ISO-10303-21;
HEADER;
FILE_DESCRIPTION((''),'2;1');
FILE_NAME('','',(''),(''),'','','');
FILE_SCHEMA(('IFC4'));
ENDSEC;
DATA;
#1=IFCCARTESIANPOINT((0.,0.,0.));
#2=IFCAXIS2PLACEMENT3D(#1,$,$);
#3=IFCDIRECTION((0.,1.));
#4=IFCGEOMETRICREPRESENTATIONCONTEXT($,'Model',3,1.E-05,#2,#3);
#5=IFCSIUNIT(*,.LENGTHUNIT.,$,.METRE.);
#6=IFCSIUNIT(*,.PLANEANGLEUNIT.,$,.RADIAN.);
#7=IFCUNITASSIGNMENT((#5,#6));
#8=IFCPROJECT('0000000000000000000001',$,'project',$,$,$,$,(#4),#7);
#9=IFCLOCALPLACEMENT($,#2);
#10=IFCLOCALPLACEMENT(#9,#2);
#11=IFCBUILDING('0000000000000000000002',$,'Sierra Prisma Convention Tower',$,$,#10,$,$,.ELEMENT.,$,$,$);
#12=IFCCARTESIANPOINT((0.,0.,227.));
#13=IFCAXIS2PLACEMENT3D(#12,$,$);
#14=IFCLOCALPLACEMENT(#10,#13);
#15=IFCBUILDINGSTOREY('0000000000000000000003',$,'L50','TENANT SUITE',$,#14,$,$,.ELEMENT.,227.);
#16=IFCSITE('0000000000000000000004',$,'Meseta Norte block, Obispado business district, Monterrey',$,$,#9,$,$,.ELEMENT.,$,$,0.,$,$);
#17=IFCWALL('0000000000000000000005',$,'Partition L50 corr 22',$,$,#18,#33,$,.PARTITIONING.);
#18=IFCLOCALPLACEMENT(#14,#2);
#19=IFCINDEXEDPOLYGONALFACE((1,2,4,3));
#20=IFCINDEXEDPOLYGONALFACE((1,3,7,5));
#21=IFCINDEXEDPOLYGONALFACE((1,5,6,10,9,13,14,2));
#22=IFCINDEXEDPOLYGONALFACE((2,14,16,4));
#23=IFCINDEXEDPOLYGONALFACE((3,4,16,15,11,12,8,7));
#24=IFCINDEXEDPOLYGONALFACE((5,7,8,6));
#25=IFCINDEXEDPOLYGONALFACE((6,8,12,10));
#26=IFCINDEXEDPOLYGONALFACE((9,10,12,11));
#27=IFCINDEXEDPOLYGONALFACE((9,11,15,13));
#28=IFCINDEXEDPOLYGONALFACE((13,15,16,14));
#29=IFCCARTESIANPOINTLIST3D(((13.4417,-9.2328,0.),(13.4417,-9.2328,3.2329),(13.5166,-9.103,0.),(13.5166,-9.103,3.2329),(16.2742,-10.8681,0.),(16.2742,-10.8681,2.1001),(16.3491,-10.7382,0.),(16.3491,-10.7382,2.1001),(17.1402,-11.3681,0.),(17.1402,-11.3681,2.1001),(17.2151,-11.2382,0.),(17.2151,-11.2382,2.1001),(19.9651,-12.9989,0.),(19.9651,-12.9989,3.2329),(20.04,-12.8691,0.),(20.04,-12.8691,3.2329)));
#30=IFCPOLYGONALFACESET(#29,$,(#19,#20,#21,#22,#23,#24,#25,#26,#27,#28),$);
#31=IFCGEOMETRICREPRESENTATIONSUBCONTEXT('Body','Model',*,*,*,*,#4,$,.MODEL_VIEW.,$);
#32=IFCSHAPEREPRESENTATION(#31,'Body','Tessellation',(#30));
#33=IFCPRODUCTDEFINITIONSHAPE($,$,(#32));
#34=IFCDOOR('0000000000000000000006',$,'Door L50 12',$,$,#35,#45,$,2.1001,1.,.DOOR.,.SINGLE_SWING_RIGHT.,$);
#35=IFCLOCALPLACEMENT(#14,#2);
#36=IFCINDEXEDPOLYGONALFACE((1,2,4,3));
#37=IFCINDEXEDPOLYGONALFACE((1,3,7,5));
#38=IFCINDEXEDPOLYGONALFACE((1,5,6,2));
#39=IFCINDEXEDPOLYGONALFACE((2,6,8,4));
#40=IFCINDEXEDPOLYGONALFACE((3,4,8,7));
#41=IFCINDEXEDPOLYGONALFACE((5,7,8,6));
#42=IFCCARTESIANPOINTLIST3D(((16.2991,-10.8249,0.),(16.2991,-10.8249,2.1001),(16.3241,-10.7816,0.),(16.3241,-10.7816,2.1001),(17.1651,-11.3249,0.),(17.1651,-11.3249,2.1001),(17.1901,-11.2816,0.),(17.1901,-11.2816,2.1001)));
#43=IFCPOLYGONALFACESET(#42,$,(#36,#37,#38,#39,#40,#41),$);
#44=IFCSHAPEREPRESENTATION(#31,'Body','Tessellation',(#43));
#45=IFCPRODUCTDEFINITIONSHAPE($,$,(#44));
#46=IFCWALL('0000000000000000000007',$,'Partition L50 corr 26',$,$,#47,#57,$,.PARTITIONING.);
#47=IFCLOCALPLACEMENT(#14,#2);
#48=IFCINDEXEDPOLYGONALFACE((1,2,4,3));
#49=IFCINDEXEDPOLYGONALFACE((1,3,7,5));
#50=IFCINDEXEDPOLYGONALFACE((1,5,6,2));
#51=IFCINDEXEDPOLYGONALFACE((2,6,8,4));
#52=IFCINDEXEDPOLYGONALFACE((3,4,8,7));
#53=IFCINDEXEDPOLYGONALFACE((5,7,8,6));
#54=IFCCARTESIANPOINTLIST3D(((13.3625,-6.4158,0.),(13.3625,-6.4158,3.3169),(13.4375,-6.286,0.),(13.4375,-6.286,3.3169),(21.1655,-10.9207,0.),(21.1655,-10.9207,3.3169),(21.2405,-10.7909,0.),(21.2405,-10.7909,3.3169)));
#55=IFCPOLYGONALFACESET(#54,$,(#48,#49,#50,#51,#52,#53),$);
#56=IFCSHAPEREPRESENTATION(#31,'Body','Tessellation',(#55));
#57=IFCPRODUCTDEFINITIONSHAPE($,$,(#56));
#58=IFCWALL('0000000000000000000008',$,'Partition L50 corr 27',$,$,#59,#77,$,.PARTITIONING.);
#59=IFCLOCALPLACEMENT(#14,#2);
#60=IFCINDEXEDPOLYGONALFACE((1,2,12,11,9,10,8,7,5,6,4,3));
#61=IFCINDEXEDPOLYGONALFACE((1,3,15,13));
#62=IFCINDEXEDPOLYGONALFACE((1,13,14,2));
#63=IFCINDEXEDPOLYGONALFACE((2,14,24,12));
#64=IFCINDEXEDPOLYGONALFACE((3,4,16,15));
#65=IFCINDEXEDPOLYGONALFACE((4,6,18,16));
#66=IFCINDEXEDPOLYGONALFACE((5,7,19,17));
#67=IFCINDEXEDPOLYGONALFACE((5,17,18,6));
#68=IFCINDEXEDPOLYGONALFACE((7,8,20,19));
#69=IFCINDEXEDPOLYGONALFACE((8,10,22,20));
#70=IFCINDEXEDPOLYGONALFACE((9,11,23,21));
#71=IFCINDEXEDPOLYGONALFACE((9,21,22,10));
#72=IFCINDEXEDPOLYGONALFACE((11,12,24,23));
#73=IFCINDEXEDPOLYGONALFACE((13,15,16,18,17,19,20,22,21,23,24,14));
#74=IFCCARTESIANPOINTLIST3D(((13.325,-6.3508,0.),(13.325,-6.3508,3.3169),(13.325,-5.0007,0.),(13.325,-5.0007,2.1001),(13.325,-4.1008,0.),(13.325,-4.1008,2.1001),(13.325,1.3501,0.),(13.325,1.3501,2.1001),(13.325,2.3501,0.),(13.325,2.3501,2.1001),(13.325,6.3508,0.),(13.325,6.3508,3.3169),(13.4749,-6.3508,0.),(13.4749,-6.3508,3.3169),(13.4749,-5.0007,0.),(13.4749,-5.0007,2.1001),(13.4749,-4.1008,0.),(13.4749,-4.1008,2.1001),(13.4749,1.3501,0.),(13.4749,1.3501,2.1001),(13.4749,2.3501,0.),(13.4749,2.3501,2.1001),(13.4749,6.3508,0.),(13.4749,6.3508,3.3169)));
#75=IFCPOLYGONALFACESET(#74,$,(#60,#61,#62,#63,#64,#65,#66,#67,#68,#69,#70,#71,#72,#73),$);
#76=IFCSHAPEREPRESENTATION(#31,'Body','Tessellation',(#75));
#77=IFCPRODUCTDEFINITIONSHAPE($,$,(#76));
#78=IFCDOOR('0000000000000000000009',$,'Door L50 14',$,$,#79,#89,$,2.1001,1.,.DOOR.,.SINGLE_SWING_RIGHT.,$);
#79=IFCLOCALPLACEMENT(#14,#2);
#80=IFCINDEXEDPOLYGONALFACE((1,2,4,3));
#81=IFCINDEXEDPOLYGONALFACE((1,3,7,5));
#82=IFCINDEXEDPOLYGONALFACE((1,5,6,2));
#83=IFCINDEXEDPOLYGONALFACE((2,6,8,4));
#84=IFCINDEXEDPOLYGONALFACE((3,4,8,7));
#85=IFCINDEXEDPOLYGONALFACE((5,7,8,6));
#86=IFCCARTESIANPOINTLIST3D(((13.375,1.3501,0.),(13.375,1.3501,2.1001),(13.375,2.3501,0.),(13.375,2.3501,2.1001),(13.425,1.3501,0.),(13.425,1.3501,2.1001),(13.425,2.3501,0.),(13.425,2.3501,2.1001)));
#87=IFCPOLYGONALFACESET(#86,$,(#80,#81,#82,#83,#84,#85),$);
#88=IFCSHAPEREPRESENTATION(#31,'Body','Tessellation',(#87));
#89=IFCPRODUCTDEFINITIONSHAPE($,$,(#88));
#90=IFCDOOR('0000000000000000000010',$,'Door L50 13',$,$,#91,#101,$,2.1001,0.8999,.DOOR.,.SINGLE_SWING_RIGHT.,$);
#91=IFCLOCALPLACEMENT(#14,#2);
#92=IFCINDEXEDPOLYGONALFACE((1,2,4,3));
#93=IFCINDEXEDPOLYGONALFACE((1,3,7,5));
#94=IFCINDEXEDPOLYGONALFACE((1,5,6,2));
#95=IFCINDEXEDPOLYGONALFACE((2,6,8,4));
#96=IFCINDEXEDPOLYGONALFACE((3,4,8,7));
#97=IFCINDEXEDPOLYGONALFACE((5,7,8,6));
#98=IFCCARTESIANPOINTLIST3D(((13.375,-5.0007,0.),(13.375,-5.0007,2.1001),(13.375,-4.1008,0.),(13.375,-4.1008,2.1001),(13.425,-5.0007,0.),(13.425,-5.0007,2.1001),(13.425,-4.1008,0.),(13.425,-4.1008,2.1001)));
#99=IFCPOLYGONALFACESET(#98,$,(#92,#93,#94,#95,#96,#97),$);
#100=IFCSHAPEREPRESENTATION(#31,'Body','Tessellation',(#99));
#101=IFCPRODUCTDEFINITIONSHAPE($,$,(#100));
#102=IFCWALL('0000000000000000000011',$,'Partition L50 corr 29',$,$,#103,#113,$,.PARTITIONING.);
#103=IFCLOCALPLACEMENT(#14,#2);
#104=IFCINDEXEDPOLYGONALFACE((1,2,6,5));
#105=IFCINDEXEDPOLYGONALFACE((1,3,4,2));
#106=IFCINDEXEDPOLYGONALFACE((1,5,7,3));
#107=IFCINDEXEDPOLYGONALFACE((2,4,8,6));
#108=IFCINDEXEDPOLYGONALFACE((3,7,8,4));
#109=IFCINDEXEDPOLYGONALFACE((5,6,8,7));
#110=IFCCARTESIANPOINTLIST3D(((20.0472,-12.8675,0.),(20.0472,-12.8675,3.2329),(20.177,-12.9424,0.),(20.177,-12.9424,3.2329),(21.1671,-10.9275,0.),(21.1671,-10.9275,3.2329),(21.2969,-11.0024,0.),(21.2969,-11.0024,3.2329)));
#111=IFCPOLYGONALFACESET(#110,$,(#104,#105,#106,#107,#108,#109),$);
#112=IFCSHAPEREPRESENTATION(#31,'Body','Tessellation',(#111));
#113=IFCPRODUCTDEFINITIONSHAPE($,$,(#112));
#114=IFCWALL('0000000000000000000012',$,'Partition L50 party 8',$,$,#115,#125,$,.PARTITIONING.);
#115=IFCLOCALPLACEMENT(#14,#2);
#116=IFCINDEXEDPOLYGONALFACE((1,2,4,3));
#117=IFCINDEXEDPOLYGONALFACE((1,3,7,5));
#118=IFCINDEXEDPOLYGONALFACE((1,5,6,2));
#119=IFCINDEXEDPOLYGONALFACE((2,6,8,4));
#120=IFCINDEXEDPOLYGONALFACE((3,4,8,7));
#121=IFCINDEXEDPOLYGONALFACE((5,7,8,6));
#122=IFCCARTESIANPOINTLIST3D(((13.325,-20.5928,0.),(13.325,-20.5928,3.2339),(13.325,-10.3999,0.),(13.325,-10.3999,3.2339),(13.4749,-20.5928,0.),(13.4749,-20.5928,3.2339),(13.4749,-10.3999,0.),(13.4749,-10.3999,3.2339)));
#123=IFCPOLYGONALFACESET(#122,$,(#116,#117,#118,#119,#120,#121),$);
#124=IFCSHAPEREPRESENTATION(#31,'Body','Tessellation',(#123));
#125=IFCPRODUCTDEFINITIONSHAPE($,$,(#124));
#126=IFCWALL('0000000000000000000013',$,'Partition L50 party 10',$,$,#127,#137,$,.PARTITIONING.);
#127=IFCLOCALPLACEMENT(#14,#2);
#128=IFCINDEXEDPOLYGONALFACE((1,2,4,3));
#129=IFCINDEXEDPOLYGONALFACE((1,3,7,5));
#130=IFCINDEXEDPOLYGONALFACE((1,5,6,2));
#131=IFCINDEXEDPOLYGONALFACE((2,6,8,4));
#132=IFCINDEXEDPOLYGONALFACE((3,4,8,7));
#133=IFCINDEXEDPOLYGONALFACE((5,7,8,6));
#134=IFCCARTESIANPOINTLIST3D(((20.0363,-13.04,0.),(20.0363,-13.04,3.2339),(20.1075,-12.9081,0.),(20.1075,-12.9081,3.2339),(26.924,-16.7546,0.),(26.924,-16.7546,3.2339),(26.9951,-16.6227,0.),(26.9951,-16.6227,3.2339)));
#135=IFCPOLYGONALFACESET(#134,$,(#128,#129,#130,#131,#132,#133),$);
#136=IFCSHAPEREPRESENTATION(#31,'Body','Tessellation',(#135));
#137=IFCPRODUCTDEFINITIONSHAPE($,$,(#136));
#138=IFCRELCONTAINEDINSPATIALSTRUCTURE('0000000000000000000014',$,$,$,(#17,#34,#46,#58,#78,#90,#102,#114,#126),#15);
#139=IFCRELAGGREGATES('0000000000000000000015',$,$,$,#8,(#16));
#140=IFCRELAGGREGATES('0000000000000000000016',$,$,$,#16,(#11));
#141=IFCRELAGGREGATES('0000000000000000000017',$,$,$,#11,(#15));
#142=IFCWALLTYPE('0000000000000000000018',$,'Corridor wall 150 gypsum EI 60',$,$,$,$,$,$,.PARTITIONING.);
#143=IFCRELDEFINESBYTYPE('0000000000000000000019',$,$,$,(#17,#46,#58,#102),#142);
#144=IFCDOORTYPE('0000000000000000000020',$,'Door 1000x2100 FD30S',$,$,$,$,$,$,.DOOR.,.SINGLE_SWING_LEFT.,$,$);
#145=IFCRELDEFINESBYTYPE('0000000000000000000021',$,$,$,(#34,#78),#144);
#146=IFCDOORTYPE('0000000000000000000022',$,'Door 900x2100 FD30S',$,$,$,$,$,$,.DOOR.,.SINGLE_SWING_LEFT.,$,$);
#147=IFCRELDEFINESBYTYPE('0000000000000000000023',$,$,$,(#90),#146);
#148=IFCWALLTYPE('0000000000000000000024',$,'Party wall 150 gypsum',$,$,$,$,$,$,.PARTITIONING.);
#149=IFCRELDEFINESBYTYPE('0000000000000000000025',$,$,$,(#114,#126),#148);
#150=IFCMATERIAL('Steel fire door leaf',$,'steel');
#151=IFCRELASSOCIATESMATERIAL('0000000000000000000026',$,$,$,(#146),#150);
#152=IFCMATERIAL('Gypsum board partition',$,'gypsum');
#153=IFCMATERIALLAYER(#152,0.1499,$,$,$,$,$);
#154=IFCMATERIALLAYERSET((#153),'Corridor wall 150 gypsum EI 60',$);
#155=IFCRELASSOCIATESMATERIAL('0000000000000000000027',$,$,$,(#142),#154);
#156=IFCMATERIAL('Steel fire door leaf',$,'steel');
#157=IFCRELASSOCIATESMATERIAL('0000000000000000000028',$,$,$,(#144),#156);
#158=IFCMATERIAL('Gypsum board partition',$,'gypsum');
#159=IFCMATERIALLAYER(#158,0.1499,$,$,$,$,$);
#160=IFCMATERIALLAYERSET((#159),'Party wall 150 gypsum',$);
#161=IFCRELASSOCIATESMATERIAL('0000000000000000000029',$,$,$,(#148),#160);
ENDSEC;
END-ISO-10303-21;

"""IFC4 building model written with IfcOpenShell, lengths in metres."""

from ifc_helpers import new_model, si_unit, direction, frame, frame_2d, origin, place, context, subcontext, project, spatial, rectangle, extrude, material, layer, layer_set, type_object, element, fill, save


model = new_model("IFC4")

# Units and contexts
model_context = context("Model", 3, precision=1e-05, world=origin(), true_north=direction((0.0, 1.0)))
body_context = subcontext(model_context, "Body", "Model", "MODEL_VIEW")
ifc_project = project(units=[si_unit("LENGTHUNIT", "METRE"), si_unit("PLANEANGLEUNIT", "RADIAN")], contexts=[model_context])

# Site, building, storey
site_placement = place(None, origin())
site = spatial("IfcSite", under=ifc_project, at=site_placement, Name="Meseta Norte block, Obispado business district, Monterrey", CompositionType="ELEMENT", RefElevation=0.0)
building_placement = place(site_placement, origin())
building = spatial("IfcBuilding", under=site, at=building_placement, Name="Sierra Prisma Convention Tower", CompositionType="ELEMENT")
storey_placement = place(building_placement, frame((0.0, 0.0, 227.0)))
storey = spatial("IfcBuildingStorey", under=building, at=storey_placement, Name="L50", Description="TENANT SUITE", CompositionType="ELEMENT", Elevation=227.0)

# Shared definitions
ifc_material_1 = material(Name="Steel fire door leaf", Category="steel")
door_type_1 = type_object("IfcDoorType", Name="Door 900x2100 FD30S", OperationType="SINGLE_SWING_LEFT", PredefinedType="DOOR", material=ifc_material_1)

# Shared definitions
ifc_material_2 = material(Name="Gypsum board partition", Category="gypsum")
ifc_layer_1 = layer(ifc_material_2, 0.1499)
ifc_layer_set_1 = layer_set([ifc_layer_1], Name="Corridor wall 150 gypsum EI 60")
wall_type_1 = type_object("IfcWallType", Name="Corridor wall 150 gypsum EI 60", PredefinedType="PARTITIONING", material=ifc_layer_set_1)

# Wall, opening, door
wall_1_placement = place(storey_placement, frame((13.4792, -9.168, 0.0), z_axis=(0.0, 0.0, 1.0), x_axis=(0.866037, -0.499981, 0.0)))
wall_1 = element("IfcWall", 1, at=wall_1_placement, inside=storey, type_object=wall_type_1, Name="Partition L50 corr 22", PredefinedType="PARTITIONING", context=body_context, shape_type="SweptSolid", body=[
    extrude(rectangle(XDim=7.5325, YDim=0.1499, at=frame_2d((3.7661, 0.0))), origin(), (0.0, 0.0, 1.0), 3.2329),
])
opening_1_placement = place(wall_1_placement, frame((3.2705, 0.0, 0.0)))
opening_1 = element("IfcOpeningElement", 2, at=opening_1_placement, cuts=wall_1, PredefinedType="OPENING", context=body_context, shape_type="SweptSolid", body=[
    extrude(rectangle(XDim=1.0, YDim=2.1001, at=frame_2d((0.5, 1.05))), frame((0.0, 0.075, 0.0), z_axis=(0.0, -1.0, 0.0), x_axis=(1.0, 0.0, 0.0)), (0.0, 0.0, 1.0), 0.1499),
])
ifc_material_3 = material(Name="Steel fire door leaf", Category="steel")
door_type_2 = type_object("IfcDoorType", Name="Door 1000x2100 FD30S", OperationType="SINGLE_SWING_LEFT", PredefinedType="DOOR", material=ifc_material_3)
door_1_placement = place(opening_1_placement, origin())
door_1 = element("IfcDoor", 3, at=door_1_placement, inside=storey, type_object=door_type_2, Name="Door L50 12", OperationType="SINGLE_SWING_RIGHT", OverallHeight=2.1001, OverallWidth=1.0, PredefinedType="DOOR", context=body_context, shape_type="SweptSolid", body=[
    extrude(rectangle(XDim=1.0, YDim=2.1001, at=frame_2d((0.5, 1.05))), frame((0.0, 0.0249, 0.0), z_axis=(0.0, -1.0, 0.0), x_axis=(1.0, 0.0, 0.0)), (0.0, 0.0, 1.0), 0.05),
])
fill(opening_1, door_1)

# Wall
wall_2_placement = place(storey_placement, frame((21.2029, -10.8557, 0.0), z_axis=(0.0, 0.0, 1.0), x_axis=(-0.866034, 0.499986, 0.0)))
element("IfcWall", 4, at=wall_2_placement, inside=storey, type_object=wall_type_1, Name="Partition L50 corr 26", PredefinedType="PARTITIONING", context=body_context, shape_type="SweptSolid", body=[
    extrude(rectangle(XDim=9.01, YDim=0.1499, at=frame_2d((4.5049, 0.0))), origin(), (0.0, 0.0, 1.0), 3.3169),
])

# Wall, openings, doors
wall_3_placement = place(storey_placement, frame((13.3999, -6.3508, 0.0), z_axis=(0.0, 0.0, 1.0), x_axis=(0.0, 1.0, 0.0)))
wall_3 = element("IfcWall", 5, at=wall_3_placement, inside=storey, type_object=wall_type_1, Name="Partition L50 corr 27", PredefinedType="PARTITIONING", context=body_context, shape_type="SweptSolid", body=[
    extrude(rectangle(XDim=12.7017, YDim=0.1499, at=frame_2d((6.3508, 0.0))), origin(), (0.0, 0.0, 1.0), 3.3169),
])
opening_2_placement = place(wall_3_placement, frame((1.3501, 0.0, 0.0)))
opening_2 = element("IfcOpeningElement", 6, at=opening_2_placement, cuts=wall_3, PredefinedType="OPENING", context=body_context, shape_type="SweptSolid", body=[
    extrude(rectangle(XDim=0.8999, YDim=2.1001, at=frame_2d((0.45, 1.05))), frame((0.0, 0.075, 0.0), z_axis=(0.0, -1.0, 0.0), x_axis=(1.0, 0.0, 0.0)), (0.0, 0.0, 1.0), 0.1499),
])
opening_3_placement = place(wall_3_placement, frame((7.7009, 0.0, 0.0)))
opening_3 = element("IfcOpeningElement", 7, at=opening_3_placement, cuts=wall_3, PredefinedType="OPENING", context=body_context, shape_type="SweptSolid", body=[
    extrude(rectangle(XDim=1.0, YDim=2.1001, at=frame_2d((0.5, 1.05))), frame((0.0, 0.075, 0.0), z_axis=(0.0, -1.0, 0.0), x_axis=(1.0, 0.0, 0.0)), (0.0, 0.0, 1.0), 0.1499),
])
door_2_placement = place(opening_3_placement, origin())
door_2 = element("IfcDoor", 8, at=door_2_placement, inside=storey, type_object=door_type_2, Name="Door L50 14", OperationType="SINGLE_SWING_RIGHT", OverallHeight=2.1001, OverallWidth=1.0, PredefinedType="DOOR", context=body_context, shape_type="SweptSolid", body=[
    extrude(rectangle(XDim=1.0, YDim=2.1001, at=frame_2d((0.5, 1.05))), frame((0.0, 0.0249, 0.0), z_axis=(0.0, -1.0, 0.0), x_axis=(1.0, 0.0, 0.0)), (0.0, 0.0, 1.0), 0.05),
])
fill(opening_3, door_2)
door_3_placement = place(opening_2_placement, origin())
door_3 = element("IfcDoor", 9, at=door_3_placement, inside=storey, type_object=door_type_1, Name="Door L50 13", OperationType="SINGLE_SWING_RIGHT", OverallHeight=2.1001, OverallWidth=0.8999, PredefinedType="DOOR", context=body_context, shape_type="SweptSolid", body=[
    extrude(rectangle(XDim=0.8999, YDim=2.1001, at=frame_2d((0.45, 1.05))), frame((0.0, 0.0249, 0.0), z_axis=(0.0, -1.0, 0.0), x_axis=(1.0, 0.0, 0.0)), (0.0, 0.0, 1.0), 0.05),
])
fill(opening_2, door_3)

# Walls
wall_4_placement = place(storey_placement, frame((20.1121, -12.905, 0.0), z_axis=(0.0, 0.0, 1.0), x_axis=(0.499949, 0.866055, 0.0)))
element("IfcWall", 10, at=wall_4_placement, inside=storey, type_object=wall_type_1, Name="Partition L50 corr 29", PredefinedType="PARTITIONING", context=body_context, shape_type="SweptSolid", body=[
    extrude(rectangle(XDim=2.24, YDim=0.1499, at=frame_2d((1.1201, 0.0))), origin(), (0.0, 0.0, 1.0), 3.2329),
])
ifc_material_4 = material(Name="Gypsum board partition", Category="gypsum")
ifc_layer_2 = layer(ifc_material_4, 0.1499)
ifc_layer_set_2 = layer_set([ifc_layer_2], Name="Party wall 150 gypsum")
wall_type_2 = type_object("IfcWallType", Name="Party wall 150 gypsum", PredefinedType="PARTITIONING", material=ifc_layer_set_2)
wall_5_placement = place(storey_placement, frame((13.3999, -10.3999, 0.0), z_axis=(0.0, 0.0, 1.0), x_axis=(0.0, -1.0, 0.0)))
element("IfcWall", 11, at=wall_5_placement, inside=storey, type_object=wall_type_2, Name="Partition L50 party 8", PredefinedType="PARTITIONING", context=body_context, shape_type="SweptSolid", body=[
    extrude(rectangle(XDim=10.1929, YDim=0.1499, at=frame_2d((5.0964, 0.0))), origin(), (0.0, 0.0, 1.0), 3.2339),
])
wall_6_placement = place(storey_placement, frame((20.072, -12.9741, 0.0), z_axis=(0.0, 0.0, 1.0), x_axis=(0.880159, -0.474678, 0.0)))
element("IfcWall", 12, at=wall_6_placement, inside=storey, type_object=wall_type_2, Name="Partition L50 party 10", PredefinedType="PARTITIONING", context=body_context, shape_type="SweptSolid", body=[
    extrude(rectangle(XDim=7.8254, YDim=0.1499, at=frame_2d((3.9126, 0.0))), origin(), (0.0, 0.0, 1.0), 3.2339),
])

save(model, "model.ifc")
